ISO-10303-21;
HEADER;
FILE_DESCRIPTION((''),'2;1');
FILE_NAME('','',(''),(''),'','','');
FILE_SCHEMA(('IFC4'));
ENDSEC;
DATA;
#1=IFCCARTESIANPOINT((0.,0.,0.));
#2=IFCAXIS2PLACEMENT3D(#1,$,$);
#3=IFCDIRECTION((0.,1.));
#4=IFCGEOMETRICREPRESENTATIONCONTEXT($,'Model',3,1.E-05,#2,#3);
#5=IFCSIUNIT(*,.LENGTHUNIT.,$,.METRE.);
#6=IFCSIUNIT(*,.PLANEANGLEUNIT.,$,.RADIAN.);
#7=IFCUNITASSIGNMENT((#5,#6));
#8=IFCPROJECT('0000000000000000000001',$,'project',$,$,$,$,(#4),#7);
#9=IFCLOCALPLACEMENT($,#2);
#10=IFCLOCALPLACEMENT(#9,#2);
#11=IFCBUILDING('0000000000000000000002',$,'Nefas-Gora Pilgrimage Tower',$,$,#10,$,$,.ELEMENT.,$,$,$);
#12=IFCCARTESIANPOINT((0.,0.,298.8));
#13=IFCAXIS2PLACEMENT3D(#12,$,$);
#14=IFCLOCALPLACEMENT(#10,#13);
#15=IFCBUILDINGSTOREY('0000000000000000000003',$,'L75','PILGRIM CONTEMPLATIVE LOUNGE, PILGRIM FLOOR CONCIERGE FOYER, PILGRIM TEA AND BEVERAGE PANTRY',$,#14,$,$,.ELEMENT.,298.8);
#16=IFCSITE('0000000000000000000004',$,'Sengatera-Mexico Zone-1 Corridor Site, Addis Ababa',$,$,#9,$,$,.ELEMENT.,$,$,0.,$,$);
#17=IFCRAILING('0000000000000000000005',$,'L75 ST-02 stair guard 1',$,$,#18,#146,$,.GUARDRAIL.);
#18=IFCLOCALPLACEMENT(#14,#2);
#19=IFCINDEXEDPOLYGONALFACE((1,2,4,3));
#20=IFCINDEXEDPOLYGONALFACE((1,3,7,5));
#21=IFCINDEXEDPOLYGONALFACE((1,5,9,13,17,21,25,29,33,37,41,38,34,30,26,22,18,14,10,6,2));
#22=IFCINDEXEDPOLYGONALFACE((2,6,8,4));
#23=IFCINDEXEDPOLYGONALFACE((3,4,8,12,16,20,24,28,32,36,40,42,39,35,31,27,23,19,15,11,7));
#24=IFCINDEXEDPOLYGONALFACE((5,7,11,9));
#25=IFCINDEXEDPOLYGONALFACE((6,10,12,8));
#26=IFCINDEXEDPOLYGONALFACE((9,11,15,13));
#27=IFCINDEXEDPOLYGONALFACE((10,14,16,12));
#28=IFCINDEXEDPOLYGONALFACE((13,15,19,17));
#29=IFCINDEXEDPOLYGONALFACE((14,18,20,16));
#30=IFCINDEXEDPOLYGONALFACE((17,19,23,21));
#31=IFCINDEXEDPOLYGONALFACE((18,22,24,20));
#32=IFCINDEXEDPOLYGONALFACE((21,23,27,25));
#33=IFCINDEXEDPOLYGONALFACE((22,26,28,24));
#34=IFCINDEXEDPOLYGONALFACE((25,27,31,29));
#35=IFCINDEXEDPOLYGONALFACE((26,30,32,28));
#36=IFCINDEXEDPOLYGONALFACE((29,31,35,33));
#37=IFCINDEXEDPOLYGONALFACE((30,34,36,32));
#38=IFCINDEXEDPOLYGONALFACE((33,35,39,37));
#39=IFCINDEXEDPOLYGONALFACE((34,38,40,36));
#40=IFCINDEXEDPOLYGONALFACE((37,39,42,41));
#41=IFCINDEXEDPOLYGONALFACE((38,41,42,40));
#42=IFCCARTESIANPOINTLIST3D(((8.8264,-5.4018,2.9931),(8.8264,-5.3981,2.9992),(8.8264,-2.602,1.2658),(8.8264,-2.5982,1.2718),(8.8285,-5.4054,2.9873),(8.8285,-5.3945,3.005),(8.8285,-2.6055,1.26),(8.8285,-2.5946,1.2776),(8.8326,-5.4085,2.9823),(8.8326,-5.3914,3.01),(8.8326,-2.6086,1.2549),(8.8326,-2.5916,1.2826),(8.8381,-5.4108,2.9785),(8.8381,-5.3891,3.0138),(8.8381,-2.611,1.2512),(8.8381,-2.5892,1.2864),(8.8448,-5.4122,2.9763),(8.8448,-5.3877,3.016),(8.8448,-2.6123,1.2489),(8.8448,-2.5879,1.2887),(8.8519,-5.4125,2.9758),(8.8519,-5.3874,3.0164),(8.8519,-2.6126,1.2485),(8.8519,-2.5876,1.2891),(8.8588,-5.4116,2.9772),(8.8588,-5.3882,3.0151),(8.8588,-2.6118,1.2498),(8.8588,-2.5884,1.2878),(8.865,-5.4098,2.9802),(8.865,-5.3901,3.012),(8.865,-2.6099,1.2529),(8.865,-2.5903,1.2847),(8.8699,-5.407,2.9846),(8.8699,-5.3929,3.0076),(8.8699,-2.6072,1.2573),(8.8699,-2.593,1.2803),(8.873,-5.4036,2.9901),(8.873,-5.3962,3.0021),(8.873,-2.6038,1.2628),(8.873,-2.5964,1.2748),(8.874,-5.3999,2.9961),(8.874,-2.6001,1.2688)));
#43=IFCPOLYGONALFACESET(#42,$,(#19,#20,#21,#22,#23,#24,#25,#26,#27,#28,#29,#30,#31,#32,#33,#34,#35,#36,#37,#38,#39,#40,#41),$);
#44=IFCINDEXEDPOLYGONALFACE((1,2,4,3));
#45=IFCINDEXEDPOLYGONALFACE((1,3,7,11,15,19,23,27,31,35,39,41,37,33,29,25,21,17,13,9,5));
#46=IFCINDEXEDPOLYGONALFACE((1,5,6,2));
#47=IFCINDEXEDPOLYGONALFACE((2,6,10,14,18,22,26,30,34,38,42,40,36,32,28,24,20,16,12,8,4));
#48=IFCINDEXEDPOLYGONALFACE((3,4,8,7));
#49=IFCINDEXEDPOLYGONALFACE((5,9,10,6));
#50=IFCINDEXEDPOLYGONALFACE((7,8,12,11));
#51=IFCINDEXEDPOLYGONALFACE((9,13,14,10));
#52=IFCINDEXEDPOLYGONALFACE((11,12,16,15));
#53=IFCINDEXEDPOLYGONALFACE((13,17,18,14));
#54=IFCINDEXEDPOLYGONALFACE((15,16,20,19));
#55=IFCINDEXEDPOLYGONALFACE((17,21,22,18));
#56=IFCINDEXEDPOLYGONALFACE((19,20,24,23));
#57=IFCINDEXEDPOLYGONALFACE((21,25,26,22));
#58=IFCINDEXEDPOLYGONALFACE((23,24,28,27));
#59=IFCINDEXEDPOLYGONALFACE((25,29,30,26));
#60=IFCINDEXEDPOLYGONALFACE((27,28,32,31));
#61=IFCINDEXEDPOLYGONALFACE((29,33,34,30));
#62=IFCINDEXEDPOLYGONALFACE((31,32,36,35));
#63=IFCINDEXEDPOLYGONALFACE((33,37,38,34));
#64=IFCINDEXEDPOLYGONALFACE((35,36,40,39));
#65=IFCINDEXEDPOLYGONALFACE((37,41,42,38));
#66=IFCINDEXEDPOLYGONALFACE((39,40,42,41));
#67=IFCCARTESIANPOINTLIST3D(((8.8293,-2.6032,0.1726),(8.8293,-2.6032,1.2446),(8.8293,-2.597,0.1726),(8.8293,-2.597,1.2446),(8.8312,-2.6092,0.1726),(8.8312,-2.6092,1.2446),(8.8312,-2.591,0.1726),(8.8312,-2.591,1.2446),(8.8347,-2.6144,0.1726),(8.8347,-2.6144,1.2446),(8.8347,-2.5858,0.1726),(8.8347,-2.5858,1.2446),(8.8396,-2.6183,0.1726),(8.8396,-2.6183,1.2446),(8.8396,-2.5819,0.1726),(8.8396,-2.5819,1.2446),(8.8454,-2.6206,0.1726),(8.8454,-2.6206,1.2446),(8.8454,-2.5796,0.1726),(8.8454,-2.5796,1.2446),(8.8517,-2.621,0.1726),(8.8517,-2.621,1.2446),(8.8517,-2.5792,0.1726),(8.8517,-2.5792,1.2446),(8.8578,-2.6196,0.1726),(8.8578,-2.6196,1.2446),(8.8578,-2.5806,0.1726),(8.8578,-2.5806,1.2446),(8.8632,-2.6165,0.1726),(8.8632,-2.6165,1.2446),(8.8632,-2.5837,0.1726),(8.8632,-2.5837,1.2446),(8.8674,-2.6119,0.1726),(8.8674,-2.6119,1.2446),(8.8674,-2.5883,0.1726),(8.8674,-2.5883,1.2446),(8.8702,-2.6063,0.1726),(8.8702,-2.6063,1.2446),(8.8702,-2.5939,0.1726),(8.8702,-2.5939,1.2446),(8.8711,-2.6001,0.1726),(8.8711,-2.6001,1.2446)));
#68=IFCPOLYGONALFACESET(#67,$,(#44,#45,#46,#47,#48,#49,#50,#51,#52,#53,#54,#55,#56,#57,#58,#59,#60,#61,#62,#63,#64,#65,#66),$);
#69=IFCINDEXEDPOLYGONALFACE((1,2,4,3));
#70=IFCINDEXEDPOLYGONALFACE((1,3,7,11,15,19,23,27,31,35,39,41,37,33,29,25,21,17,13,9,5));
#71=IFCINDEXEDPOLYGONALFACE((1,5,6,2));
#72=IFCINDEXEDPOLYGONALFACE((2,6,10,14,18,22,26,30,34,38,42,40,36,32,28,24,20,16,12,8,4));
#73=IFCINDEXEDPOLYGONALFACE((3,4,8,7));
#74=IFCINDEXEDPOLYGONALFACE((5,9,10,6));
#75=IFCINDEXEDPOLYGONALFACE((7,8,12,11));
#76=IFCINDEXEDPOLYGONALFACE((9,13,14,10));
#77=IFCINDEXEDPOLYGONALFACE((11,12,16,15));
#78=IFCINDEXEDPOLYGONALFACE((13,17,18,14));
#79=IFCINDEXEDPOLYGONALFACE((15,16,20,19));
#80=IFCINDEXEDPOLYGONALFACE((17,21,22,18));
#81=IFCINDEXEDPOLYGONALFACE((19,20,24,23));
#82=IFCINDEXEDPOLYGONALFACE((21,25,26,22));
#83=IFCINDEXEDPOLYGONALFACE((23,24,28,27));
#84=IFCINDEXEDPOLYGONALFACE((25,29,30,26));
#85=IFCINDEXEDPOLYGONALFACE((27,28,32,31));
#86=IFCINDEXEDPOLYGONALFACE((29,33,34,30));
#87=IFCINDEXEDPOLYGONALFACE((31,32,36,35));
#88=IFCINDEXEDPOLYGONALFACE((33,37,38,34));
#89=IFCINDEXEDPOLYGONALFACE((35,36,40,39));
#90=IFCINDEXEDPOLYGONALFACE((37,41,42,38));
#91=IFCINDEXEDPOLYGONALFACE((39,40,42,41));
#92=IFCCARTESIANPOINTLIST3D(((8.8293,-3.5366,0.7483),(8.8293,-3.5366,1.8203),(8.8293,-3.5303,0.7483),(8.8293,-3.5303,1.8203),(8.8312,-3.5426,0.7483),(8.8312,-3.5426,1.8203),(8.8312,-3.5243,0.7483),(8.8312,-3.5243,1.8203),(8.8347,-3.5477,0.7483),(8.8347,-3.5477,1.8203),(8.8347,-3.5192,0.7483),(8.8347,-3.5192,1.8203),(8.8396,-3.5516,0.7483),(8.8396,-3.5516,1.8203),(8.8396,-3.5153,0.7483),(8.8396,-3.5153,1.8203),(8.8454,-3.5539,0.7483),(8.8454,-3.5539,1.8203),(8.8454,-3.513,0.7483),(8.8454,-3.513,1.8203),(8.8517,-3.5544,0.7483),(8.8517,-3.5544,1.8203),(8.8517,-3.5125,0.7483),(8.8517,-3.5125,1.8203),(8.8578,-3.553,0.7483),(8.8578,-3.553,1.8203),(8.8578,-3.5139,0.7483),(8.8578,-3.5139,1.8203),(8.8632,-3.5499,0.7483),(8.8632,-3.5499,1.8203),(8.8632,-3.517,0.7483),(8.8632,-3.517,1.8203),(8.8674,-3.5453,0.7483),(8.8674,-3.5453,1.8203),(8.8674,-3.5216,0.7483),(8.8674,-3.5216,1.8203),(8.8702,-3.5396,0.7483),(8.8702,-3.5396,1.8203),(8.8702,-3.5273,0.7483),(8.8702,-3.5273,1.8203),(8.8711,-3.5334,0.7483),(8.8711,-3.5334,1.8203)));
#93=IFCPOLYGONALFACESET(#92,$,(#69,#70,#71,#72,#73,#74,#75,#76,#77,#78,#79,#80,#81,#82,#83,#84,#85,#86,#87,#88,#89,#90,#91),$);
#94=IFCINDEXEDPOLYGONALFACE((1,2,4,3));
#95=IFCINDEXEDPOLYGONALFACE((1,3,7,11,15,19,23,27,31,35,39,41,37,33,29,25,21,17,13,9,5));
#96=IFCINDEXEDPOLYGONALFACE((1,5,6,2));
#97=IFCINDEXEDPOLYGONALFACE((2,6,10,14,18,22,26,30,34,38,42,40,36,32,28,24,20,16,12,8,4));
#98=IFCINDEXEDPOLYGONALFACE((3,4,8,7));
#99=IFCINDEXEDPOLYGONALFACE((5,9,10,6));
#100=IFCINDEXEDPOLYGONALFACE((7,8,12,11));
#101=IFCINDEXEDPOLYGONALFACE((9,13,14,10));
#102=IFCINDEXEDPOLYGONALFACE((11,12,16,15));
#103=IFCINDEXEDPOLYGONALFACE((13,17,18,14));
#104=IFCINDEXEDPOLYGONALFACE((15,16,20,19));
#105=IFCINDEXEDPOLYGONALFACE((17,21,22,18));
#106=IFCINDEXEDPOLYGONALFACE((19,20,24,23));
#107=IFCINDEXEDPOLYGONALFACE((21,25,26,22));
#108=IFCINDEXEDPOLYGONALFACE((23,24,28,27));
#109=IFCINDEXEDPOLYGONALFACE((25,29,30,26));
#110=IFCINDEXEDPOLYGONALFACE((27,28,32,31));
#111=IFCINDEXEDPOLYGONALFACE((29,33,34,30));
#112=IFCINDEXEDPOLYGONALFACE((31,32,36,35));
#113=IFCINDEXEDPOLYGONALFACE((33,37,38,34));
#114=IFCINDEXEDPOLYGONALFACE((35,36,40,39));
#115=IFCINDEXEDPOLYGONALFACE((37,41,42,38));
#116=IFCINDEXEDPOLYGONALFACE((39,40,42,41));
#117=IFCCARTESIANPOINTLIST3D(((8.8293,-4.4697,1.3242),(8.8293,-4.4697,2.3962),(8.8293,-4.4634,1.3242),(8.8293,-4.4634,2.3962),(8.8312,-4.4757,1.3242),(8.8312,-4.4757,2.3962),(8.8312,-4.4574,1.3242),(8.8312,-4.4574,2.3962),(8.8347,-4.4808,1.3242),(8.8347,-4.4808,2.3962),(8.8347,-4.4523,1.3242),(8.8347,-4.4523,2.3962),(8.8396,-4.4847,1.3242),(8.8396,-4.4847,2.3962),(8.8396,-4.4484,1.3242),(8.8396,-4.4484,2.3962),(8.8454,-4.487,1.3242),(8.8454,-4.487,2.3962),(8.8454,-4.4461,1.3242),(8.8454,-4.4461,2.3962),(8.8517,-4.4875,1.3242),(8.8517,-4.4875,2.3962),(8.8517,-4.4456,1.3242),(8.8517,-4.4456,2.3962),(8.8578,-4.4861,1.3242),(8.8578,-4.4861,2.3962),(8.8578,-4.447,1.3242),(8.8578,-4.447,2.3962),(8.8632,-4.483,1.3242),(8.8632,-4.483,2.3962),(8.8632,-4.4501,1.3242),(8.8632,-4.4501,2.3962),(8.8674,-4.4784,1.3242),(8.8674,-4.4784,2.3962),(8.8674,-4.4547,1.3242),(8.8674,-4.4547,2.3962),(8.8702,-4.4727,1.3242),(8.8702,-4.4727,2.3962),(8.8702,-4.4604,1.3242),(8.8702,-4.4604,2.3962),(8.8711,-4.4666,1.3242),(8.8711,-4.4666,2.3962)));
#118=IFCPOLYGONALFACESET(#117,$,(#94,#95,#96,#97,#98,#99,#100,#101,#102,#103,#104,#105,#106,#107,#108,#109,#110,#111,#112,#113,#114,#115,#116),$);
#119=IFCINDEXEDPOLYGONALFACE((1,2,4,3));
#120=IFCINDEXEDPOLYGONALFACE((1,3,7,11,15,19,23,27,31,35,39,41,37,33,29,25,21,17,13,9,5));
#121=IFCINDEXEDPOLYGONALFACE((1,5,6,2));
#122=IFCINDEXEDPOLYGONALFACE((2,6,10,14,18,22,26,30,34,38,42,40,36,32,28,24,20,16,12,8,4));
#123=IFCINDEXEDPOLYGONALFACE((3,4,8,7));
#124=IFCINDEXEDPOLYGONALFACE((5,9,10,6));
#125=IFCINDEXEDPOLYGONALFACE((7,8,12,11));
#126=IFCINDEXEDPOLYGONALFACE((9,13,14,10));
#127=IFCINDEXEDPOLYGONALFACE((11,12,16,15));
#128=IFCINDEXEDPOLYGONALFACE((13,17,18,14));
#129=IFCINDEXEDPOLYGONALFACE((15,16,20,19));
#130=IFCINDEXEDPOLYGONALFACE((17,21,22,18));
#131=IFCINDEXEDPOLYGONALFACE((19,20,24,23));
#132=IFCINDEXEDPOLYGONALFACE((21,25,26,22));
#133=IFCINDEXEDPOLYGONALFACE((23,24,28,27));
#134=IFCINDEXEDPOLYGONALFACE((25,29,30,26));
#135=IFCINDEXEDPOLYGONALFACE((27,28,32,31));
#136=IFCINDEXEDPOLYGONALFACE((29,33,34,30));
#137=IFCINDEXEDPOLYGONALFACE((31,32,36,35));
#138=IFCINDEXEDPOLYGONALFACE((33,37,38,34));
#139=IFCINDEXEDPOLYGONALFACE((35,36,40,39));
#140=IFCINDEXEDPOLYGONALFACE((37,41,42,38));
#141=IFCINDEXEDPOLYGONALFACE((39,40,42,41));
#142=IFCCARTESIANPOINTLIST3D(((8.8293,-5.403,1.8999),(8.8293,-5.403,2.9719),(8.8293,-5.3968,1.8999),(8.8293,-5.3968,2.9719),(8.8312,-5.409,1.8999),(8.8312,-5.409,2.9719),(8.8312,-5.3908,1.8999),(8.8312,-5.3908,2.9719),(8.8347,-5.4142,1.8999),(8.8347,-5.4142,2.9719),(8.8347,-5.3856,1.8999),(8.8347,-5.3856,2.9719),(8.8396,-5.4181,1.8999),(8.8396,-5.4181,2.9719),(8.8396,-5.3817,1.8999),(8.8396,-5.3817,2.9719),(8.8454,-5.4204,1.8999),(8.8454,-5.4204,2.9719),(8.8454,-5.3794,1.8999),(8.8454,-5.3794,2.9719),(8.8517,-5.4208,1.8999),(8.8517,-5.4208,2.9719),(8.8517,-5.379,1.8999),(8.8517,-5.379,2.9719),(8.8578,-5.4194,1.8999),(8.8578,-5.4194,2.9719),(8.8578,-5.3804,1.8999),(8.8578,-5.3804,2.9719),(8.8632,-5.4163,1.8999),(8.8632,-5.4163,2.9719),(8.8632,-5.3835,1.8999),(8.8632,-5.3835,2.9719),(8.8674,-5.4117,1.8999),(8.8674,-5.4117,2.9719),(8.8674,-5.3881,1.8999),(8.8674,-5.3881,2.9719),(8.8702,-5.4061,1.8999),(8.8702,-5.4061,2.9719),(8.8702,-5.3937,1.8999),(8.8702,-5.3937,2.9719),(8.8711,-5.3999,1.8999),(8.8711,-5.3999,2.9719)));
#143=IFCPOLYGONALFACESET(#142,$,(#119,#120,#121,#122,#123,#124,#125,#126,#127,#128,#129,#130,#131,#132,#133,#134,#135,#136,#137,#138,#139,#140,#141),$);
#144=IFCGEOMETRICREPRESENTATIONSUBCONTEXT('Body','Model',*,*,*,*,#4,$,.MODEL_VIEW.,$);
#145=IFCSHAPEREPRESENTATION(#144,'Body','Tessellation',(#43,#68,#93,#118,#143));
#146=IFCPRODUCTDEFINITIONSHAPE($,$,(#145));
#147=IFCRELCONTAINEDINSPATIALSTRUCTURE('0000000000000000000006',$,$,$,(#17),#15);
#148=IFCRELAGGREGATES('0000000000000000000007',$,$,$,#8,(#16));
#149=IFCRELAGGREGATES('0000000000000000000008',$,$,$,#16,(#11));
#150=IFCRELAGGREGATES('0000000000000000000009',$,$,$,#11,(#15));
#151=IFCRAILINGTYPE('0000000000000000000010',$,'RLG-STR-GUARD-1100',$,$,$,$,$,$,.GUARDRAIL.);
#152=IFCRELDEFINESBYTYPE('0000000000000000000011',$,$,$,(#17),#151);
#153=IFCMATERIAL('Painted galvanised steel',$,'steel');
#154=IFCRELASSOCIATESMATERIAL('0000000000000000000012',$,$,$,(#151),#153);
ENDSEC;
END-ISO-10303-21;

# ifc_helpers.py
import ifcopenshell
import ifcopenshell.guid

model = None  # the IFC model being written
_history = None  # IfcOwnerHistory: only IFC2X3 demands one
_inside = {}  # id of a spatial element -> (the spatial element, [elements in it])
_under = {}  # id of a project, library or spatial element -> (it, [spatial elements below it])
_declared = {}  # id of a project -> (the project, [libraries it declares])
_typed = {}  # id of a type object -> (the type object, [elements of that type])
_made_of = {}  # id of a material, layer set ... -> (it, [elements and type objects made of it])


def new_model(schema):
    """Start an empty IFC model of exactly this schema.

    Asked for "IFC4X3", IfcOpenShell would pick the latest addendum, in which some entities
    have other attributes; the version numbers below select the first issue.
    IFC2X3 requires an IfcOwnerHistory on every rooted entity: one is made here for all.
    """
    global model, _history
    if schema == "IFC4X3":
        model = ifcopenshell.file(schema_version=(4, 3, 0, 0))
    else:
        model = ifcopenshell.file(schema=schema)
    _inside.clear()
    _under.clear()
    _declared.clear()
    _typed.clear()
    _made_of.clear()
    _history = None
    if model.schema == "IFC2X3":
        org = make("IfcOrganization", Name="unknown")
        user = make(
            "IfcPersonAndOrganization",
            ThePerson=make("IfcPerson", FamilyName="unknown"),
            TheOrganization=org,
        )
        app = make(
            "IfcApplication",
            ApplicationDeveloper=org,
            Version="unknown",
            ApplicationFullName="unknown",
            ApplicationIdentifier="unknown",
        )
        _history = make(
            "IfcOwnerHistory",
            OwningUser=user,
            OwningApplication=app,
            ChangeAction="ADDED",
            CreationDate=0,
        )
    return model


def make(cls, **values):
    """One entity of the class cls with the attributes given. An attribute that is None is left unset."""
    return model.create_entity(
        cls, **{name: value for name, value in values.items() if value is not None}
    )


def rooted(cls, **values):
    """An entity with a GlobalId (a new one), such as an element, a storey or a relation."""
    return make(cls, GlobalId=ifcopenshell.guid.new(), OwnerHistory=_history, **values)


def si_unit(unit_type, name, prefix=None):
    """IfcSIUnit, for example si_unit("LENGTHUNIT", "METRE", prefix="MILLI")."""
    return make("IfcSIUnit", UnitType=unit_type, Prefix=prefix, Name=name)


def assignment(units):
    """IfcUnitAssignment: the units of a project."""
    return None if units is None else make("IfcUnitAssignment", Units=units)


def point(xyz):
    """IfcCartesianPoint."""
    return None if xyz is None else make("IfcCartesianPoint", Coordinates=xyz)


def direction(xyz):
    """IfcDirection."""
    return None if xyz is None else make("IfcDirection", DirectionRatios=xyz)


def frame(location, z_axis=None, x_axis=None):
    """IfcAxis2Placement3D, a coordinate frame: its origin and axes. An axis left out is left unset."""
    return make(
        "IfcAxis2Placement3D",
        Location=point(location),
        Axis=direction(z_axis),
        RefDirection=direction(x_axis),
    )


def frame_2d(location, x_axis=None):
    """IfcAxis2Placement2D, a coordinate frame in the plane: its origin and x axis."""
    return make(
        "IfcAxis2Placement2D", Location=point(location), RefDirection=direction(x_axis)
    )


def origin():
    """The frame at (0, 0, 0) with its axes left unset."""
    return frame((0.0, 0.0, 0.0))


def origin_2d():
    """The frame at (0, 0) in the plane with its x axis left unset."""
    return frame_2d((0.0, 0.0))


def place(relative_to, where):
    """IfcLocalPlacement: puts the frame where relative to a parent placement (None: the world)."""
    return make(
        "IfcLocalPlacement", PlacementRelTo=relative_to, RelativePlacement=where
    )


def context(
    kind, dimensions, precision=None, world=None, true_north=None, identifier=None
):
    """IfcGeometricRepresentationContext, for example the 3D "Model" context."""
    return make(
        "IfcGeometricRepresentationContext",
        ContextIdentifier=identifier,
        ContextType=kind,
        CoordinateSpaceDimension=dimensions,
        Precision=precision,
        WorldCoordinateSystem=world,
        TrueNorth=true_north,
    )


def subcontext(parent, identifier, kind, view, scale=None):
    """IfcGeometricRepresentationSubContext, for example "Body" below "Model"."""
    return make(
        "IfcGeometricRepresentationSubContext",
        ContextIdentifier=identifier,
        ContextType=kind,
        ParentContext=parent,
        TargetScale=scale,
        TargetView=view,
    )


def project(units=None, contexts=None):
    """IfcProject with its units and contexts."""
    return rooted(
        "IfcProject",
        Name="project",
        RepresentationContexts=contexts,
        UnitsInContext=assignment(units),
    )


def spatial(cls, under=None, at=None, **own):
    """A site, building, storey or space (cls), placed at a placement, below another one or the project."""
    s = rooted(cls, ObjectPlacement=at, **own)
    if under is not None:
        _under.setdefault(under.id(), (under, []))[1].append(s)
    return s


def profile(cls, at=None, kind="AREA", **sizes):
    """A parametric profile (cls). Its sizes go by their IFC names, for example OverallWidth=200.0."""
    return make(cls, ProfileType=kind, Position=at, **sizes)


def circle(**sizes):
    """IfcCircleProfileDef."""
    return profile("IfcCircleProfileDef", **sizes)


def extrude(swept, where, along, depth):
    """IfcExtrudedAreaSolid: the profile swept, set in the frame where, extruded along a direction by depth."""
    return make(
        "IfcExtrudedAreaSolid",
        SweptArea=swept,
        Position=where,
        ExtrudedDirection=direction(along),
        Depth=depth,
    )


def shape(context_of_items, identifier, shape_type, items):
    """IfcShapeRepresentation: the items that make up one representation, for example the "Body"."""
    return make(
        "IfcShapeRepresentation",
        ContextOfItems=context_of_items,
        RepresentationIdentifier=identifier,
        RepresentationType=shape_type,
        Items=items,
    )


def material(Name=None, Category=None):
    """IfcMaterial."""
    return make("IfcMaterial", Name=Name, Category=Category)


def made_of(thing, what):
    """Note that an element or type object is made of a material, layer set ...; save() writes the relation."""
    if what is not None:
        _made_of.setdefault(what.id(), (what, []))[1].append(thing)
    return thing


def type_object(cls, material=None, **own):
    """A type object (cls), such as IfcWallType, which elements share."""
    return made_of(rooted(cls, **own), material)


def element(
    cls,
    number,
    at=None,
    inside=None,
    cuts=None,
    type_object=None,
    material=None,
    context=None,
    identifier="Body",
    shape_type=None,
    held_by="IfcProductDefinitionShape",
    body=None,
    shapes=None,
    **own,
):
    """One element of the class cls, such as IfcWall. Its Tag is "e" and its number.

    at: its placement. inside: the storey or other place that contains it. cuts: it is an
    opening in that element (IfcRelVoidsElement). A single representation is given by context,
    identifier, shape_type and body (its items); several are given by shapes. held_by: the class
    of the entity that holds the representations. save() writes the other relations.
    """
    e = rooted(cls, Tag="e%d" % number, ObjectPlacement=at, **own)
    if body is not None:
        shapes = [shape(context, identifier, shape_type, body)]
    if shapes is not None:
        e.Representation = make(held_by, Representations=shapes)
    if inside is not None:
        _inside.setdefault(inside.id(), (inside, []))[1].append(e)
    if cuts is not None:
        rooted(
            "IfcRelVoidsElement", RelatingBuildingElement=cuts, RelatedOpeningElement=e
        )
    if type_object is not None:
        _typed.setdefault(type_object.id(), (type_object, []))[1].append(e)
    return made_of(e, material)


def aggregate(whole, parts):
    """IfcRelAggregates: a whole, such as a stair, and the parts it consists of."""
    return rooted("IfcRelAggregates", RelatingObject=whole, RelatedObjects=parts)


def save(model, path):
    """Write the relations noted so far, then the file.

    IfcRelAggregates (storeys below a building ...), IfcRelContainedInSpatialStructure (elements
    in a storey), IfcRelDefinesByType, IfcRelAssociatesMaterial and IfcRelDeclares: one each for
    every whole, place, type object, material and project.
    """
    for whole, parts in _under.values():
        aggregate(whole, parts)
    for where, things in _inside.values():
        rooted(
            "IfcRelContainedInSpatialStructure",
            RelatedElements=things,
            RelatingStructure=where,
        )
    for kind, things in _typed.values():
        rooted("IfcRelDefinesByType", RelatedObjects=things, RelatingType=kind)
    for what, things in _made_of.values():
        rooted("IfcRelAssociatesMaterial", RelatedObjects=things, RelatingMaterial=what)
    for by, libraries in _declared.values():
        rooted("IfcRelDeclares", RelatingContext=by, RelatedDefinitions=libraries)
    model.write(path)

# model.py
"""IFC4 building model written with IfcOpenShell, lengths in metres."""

from ifc_helpers import new_model, si_unit, direction, frame, origin, origin_2d, place, context, subcontext, project, spatial, circle, extrude, material, type_object, element, save


model = new_model("IFC4")

# Units and contexts
model_context = context("Model", 3, precision=1e-05, world=origin(), true_north=direction((0.0, 1.0)))
body_context = subcontext(model_context, "Body", "Model", "MODEL_VIEW")
ifc_project = project(units=[si_unit("LENGTHUNIT", "METRE"), si_unit("PLANEANGLEUNIT", "RADIAN")], contexts=[model_context])

# Site, building, storey
site_placement = place(None, origin())
site = spatial("IfcSite", under=ifc_project, at=site_placement, Name="Sengatera-Mexico Zone-1 Corridor Site, Addis Ababa", CompositionType="ELEMENT", RefElevation=0.0)
building_placement = place(site_placement, origin())
building = spatial("IfcBuilding", under=site, at=building_placement, Name="Nefas-Gora Pilgrimage Tower", CompositionType="ELEMENT")
storey_placement = place(building_placement, frame((0.0, 0.0, 298.8)))
storey = spatial("IfcBuildingStorey", under=building, at=storey_placement, Name="L75", Description="PILGRIM CONTEMPLATIVE LOUNGE, PILGRIM FLOOR CONCIERGE FOYER, PILGRIM TEA AND BEVERAGE PANTRY", CompositionType="ELEMENT", Elevation=298.8)

# Railing
ifc_material_1 = material(Name="Painted galvanised steel", Category="steel")
railing_type_1 = type_object("IfcRailingType", Name="RLG-STR-GUARD-1100", PredefinedType="GUARDRAIL", material=ifc_material_1)
railing_1_placement = place(storey_placement, frame((8.8501, -2.6001, 0.1726)))
element("IfcRailing", 1, at=railing_1_placement, inside=storey, type_object=railing_type_1, Name="L75 ST-02 stair guard 1", PredefinedType="GUARDRAIL", context=body_context, shape_type="SweptSolid", body=[
    extrude(circle(Radius=0.0239, at=origin_2d()), frame((0.0, 0.0, 1.0962), z_axis=(0.0, -0.851069, 0.525054), x_axis=(1.0, 0.0, 0.0)), (0.0, 0.0, 1.0), 3.2898),
    extrude(circle(Radius=0.021, at=origin_2d()), origin(), (0.0, 0.0, 1.0), 1.072),
    extrude(circle(Radius=0.021, at=origin_2d()), frame((0.0, -0.9333, 0.5757)), (0.0, 0.0, 1.0), 1.072),
    extrude(circle(Radius=0.021, at=origin_2d()), frame((0.0, -1.8665, 1.1516)), (0.0, 0.0, 1.0), 1.072),
    extrude(circle(Radius=0.021, at=origin_2d()), frame((0.0, -2.7998, 1.7273)), (0.0, 0.0, 1.0), 1.072),
])

save(model, "model.ifc")
